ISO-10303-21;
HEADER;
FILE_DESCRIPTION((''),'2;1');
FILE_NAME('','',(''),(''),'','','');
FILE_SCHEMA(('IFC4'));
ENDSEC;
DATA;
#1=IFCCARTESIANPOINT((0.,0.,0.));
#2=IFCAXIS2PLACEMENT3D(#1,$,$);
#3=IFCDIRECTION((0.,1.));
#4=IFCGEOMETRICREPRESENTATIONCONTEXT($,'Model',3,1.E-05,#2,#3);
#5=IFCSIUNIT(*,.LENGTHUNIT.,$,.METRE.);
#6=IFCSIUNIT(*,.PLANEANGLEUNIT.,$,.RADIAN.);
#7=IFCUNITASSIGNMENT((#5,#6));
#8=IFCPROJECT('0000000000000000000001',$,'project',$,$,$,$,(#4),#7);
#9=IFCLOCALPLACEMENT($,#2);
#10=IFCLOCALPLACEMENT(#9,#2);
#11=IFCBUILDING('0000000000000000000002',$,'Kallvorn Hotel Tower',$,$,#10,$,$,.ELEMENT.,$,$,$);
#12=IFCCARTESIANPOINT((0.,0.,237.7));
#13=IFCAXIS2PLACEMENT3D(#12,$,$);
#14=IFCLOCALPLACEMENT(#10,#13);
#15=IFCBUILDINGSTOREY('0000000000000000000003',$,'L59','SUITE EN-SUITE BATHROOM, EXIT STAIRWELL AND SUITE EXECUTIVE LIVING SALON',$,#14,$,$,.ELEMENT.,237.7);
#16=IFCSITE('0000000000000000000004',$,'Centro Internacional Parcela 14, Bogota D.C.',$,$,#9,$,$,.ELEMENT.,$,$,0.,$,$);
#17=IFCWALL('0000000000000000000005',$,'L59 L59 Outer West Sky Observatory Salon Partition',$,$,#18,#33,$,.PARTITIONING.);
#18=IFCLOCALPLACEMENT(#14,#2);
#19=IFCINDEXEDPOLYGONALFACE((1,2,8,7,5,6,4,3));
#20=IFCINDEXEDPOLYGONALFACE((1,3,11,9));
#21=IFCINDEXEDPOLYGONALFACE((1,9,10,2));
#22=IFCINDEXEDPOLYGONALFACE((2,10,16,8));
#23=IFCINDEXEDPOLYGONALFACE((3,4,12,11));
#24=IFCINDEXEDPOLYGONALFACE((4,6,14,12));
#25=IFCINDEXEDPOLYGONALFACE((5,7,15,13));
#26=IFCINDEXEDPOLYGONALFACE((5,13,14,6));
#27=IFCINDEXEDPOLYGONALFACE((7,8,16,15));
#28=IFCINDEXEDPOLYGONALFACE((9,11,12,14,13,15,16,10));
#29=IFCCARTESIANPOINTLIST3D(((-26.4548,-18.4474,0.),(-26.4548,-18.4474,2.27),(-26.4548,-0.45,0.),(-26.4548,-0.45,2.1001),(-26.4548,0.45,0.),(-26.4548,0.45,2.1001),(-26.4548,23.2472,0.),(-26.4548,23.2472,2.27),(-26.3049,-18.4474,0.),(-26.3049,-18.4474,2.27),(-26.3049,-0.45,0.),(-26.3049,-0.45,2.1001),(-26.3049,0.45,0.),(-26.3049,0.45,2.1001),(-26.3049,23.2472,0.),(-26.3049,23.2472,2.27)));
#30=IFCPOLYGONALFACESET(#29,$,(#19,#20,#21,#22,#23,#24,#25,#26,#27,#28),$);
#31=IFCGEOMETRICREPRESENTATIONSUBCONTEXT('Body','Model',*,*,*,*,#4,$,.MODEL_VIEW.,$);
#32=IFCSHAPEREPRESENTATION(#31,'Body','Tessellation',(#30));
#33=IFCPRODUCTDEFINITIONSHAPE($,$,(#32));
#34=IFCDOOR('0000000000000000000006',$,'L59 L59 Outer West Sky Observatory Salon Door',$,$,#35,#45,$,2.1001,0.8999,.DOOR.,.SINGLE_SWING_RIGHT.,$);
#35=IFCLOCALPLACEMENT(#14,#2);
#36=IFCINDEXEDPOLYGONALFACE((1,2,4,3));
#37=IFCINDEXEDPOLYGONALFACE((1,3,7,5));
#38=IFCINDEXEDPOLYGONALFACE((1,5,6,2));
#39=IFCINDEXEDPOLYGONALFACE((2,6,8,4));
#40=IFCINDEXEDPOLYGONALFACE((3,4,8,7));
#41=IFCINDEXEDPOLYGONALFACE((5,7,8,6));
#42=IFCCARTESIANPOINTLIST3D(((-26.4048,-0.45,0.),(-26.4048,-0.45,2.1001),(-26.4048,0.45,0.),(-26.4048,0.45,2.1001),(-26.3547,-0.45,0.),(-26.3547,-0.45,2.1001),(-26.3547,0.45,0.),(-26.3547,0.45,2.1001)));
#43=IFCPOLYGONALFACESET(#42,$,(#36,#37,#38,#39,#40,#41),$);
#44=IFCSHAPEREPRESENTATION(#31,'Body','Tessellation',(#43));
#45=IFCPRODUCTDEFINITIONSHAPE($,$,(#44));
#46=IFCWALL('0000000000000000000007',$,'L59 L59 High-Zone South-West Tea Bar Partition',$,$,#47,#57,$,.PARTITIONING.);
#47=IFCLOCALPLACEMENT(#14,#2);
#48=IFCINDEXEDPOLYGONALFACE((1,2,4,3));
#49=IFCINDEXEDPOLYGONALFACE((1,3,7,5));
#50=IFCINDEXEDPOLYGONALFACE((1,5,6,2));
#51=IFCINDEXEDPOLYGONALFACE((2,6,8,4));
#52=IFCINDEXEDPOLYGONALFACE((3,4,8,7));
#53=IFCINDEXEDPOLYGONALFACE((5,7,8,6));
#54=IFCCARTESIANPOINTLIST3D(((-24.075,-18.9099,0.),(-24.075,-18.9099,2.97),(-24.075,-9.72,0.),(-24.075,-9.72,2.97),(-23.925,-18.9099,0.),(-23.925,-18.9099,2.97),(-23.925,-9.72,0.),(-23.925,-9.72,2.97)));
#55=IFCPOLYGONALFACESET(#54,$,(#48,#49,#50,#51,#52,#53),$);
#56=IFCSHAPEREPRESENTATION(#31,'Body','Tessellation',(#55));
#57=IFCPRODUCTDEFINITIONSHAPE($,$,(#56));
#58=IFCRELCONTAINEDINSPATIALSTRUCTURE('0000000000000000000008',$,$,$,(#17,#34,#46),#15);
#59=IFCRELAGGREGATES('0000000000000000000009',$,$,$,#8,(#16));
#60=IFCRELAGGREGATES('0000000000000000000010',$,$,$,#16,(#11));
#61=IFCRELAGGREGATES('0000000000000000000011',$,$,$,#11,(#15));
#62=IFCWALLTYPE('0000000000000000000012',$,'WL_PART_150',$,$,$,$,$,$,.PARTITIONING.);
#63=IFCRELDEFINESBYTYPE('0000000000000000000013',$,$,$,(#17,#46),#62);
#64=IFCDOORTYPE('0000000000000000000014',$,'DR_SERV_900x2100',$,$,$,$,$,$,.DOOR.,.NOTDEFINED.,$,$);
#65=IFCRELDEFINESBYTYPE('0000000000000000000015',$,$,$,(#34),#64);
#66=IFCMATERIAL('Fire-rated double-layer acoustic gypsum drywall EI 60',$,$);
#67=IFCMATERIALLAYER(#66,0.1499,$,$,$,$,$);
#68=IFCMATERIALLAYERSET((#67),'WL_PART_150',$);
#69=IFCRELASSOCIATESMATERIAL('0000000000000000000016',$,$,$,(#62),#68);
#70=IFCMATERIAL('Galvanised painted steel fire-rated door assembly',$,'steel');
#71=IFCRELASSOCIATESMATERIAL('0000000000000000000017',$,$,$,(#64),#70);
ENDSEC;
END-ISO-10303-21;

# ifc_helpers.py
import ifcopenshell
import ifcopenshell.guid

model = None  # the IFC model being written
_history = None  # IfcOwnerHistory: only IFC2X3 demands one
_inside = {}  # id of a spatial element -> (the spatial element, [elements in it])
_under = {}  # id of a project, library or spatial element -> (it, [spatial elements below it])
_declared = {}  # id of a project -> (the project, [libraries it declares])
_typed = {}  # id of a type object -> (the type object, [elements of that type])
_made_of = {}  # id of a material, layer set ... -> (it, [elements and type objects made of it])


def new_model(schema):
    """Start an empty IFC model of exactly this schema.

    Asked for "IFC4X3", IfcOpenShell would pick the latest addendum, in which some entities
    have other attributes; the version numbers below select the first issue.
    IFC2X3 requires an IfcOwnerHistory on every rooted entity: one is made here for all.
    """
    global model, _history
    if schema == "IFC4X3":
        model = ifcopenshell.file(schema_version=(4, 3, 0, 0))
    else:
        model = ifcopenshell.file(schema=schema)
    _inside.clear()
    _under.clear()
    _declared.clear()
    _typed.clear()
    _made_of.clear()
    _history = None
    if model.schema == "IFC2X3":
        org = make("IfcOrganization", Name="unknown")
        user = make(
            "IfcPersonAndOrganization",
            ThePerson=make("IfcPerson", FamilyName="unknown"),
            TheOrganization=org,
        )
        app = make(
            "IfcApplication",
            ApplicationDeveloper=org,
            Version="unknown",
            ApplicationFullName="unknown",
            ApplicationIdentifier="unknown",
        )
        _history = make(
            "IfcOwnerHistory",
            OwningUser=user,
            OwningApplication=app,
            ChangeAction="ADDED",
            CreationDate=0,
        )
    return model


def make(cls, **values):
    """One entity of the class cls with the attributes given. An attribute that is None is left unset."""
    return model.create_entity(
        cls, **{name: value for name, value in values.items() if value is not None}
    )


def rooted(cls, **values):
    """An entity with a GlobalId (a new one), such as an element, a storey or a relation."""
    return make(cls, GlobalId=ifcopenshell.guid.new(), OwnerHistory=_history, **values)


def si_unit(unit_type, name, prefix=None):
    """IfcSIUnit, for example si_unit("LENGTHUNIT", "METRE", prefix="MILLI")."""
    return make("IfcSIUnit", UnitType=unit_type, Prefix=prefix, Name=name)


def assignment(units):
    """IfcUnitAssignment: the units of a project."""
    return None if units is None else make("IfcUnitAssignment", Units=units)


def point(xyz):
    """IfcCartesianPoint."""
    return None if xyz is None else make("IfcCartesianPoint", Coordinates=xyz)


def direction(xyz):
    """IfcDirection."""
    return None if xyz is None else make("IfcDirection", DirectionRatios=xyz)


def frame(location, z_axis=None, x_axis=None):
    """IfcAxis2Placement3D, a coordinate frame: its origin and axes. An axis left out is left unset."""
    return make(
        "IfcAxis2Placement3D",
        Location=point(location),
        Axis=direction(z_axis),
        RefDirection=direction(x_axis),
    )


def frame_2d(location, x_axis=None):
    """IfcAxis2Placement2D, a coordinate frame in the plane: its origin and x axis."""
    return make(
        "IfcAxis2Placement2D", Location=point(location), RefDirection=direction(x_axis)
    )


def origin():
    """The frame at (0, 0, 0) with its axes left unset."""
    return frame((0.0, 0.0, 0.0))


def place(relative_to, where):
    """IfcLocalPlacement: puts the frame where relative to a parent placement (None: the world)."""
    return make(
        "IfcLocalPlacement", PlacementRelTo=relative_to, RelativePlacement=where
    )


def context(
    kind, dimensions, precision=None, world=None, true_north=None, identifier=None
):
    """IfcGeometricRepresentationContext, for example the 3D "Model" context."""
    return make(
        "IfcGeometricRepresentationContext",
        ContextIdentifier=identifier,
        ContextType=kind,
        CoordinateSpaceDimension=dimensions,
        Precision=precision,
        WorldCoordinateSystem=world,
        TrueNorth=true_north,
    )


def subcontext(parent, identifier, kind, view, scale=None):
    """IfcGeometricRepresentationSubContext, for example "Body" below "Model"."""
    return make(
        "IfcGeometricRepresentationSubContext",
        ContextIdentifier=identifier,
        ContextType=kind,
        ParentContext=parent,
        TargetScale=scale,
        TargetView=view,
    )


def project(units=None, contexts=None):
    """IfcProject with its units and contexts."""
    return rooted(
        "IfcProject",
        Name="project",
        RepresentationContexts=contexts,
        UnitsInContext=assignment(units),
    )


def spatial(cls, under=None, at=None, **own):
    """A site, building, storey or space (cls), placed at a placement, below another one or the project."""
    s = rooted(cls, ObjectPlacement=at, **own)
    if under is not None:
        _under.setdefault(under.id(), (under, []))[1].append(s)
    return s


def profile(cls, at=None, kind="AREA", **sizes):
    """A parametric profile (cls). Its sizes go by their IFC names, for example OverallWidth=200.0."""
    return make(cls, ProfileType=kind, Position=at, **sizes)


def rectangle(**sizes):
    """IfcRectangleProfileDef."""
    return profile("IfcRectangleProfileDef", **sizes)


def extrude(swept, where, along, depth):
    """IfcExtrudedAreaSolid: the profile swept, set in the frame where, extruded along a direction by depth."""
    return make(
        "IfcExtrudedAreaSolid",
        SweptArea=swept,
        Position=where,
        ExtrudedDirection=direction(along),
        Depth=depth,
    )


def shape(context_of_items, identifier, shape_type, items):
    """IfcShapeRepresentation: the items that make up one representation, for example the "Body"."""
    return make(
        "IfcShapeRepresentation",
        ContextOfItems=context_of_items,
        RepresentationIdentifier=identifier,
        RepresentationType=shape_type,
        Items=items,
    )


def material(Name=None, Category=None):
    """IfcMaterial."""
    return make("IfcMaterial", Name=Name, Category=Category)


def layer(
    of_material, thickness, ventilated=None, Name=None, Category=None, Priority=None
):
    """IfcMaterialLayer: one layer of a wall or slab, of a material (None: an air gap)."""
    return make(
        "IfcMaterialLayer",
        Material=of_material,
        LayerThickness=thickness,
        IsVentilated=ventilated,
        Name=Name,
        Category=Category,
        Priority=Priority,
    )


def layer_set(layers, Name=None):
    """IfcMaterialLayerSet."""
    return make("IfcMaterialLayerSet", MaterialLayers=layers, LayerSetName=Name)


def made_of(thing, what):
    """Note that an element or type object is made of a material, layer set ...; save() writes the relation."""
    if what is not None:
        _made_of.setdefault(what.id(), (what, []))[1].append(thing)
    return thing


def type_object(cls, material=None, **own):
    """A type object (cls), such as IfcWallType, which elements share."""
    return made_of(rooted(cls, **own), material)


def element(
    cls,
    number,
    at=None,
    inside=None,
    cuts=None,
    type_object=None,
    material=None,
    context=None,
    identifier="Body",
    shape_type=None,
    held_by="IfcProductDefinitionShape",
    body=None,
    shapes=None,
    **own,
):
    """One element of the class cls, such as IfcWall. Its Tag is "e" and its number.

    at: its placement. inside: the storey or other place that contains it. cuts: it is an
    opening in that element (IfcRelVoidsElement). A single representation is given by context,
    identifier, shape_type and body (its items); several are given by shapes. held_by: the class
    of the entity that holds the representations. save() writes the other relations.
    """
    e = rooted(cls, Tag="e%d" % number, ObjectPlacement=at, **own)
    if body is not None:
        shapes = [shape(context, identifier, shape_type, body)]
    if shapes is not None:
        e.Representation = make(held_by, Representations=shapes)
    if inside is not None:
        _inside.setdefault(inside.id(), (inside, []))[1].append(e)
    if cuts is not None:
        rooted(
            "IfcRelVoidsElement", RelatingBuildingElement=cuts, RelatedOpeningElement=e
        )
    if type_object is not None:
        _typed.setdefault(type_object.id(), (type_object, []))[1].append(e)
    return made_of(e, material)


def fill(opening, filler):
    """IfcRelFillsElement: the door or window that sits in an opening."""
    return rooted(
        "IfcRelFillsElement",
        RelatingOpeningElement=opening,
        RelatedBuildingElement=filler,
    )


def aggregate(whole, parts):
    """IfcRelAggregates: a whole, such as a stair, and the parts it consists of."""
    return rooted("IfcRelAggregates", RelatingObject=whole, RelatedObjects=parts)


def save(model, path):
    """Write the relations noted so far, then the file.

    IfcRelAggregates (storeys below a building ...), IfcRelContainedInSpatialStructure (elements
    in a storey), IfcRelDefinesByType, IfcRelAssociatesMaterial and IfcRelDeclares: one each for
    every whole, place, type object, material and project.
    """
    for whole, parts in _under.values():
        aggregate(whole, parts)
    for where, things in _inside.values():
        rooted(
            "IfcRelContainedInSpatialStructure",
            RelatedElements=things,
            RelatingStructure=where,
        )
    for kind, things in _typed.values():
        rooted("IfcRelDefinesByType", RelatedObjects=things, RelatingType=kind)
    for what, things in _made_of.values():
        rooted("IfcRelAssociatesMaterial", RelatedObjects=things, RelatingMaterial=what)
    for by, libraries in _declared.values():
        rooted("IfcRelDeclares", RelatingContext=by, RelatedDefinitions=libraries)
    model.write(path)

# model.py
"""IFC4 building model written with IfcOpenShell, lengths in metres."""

from ifc_helpers import new_model, si_unit, direction, frame, frame_2d, origin, place, context, subcontext, project, spatial, rectangle, extrude, material, layer, layer_set, type_object, element, fill, save


model = new_model("IFC4")

# Units and contexts
model_context = context("Model", 3, precision=1e-05, world=origin(), true_north=direction((0.0, 1.0)))
body_context = subcontext(model_context, "Body", "Model", "MODEL_VIEW")
ifc_project = project(units=[si_unit("LENGTHUNIT", "METRE"), si_unit("PLANEANGLEUNIT", "RADIAN")], contexts=[model_context])

# Site, building, storey
site_placement = place(None, origin())
site = spatial("IfcSite", under=ifc_project, at=site_placement, Name="Centro Internacional Parcela 14, Bogota D.C.", CompositionType="ELEMENT", RefElevation=0.0)
building_placement = place(site_placement, origin())
building = spatial("IfcBuilding", under=site, at=building_placement, Name="Kallvorn Hotel Tower", CompositionType="ELEMENT")
storey_placement = place(building_placement, frame((0.0, 0.0, 237.7)))
storey = spatial("IfcBuildingStorey", under=building, at=storey_placement, Name="L59", Description="SUITE EN-SUITE BATHROOM, EXIT STAIRWELL AND SUITE EXECUTIVE LIVING SALON", CompositionType="ELEMENT", Elevation=237.7)

# Wall, opening, door
ifc_material_1 = material(Name="Fire-rated double-layer acoustic gypsum drywall EI 60")
ifc_layer_1 = layer(ifc_material_1, 0.1499)
ifc_layer_set_1 = layer_set([ifc_layer_1], Name="WL_PART_150")
wall_type_1 = type_object("IfcWallType", Name="WL_PART_150", PredefinedType="PARTITIONING", material=ifc_layer_set_1)
wall_1_placement = place(storey_placement, frame((-26.3799, -18.4473, 0.0), z_axis=(0.0, 0.0, 1.0), x_axis=(0.0, 1.0, 0.0)))
wall_1 = element("IfcWall", 1, at=wall_1_placement, inside=storey, type_object=wall_type_1, Name="L59 L59 Outer West Sky Observatory Salon Partition", PredefinedType="PARTITIONING", context=body_context, shape_type="SweptSolid", body=[
    extrude(rectangle(XDim=41.6946, YDim=0.1499, at=frame_2d((20.8472, 0.0))), origin(), (0.0, 0.0, 1.0), 2.27),
])
opening_1_placement = place(wall_1_placement, frame((17.9973, 0.0, 0.0)))
opening_1 = element("IfcOpeningElement", 2, at=opening_1_placement, cuts=wall_1, PredefinedType="OPENING", context=body_context, shape_type="SweptSolid", body=[
    extrude(rectangle(XDim=0.8999, YDim=2.1001, at=frame_2d((0.45, 1.05))), frame((0.0, 0.0898, 0.0), z_axis=(0.0, -1.0, 0.0), x_axis=(1.0, 0.0, 0.0)), (0.0, 0.0, 1.0), 0.1799),
])
ifc_material_2 = material(Name="Galvanised painted steel fire-rated door assembly", Category="steel")
door_type_1 = type_object("IfcDoorType", Name="DR_SERV_900x2100", OperationType="NOTDEFINED", PredefinedType="DOOR", material=ifc_material_2)
door_1_placement = place(opening_1_placement, origin())
door_1 = element("IfcDoor", 3, at=door_1_placement, inside=storey, type_object=door_type_1, Name="L59 L59 Outer West Sky Observatory Salon Door", OperationType="SINGLE_SWING_RIGHT", OverallHeight=2.1001, OverallWidth=0.8999, PredefinedType="DOOR", context=body_context, shape_type="SweptSolid", body=[
    extrude(rectangle(XDim=0.8999, YDim=2.1001, at=frame_2d((0.45, 1.05))), frame((0.0, 0.0249, 0.0), z_axis=(0.0, -1.0, 0.0), x_axis=(1.0, 0.0, 0.0)), (0.0, 0.0, 1.0), 0.05),
])
fill(opening_1, door_1)

# Wall
wall_2_placement = place(storey_placement, frame((-24.0, -18.9099, 0.0), z_axis=(0.0, 0.0, 1.0), x_axis=(0.0, 1.0, 0.0)))
element("IfcWall", 4, at=wall_2_placement, inside=storey, type_object=wall_type_1, Name="L59 L59 High-Zone South-West Tea Bar Partition", PredefinedType="PARTITIONING", context=body_context, shape_type="SweptSolid", body=[
    extrude(rectangle(XDim=9.1899, YDim=0.1499, at=frame_2d((4.595, 0.0))), origin(), (0.0, 0.0, 1.0), 2.97),
])

save(model, "model.ifc")
